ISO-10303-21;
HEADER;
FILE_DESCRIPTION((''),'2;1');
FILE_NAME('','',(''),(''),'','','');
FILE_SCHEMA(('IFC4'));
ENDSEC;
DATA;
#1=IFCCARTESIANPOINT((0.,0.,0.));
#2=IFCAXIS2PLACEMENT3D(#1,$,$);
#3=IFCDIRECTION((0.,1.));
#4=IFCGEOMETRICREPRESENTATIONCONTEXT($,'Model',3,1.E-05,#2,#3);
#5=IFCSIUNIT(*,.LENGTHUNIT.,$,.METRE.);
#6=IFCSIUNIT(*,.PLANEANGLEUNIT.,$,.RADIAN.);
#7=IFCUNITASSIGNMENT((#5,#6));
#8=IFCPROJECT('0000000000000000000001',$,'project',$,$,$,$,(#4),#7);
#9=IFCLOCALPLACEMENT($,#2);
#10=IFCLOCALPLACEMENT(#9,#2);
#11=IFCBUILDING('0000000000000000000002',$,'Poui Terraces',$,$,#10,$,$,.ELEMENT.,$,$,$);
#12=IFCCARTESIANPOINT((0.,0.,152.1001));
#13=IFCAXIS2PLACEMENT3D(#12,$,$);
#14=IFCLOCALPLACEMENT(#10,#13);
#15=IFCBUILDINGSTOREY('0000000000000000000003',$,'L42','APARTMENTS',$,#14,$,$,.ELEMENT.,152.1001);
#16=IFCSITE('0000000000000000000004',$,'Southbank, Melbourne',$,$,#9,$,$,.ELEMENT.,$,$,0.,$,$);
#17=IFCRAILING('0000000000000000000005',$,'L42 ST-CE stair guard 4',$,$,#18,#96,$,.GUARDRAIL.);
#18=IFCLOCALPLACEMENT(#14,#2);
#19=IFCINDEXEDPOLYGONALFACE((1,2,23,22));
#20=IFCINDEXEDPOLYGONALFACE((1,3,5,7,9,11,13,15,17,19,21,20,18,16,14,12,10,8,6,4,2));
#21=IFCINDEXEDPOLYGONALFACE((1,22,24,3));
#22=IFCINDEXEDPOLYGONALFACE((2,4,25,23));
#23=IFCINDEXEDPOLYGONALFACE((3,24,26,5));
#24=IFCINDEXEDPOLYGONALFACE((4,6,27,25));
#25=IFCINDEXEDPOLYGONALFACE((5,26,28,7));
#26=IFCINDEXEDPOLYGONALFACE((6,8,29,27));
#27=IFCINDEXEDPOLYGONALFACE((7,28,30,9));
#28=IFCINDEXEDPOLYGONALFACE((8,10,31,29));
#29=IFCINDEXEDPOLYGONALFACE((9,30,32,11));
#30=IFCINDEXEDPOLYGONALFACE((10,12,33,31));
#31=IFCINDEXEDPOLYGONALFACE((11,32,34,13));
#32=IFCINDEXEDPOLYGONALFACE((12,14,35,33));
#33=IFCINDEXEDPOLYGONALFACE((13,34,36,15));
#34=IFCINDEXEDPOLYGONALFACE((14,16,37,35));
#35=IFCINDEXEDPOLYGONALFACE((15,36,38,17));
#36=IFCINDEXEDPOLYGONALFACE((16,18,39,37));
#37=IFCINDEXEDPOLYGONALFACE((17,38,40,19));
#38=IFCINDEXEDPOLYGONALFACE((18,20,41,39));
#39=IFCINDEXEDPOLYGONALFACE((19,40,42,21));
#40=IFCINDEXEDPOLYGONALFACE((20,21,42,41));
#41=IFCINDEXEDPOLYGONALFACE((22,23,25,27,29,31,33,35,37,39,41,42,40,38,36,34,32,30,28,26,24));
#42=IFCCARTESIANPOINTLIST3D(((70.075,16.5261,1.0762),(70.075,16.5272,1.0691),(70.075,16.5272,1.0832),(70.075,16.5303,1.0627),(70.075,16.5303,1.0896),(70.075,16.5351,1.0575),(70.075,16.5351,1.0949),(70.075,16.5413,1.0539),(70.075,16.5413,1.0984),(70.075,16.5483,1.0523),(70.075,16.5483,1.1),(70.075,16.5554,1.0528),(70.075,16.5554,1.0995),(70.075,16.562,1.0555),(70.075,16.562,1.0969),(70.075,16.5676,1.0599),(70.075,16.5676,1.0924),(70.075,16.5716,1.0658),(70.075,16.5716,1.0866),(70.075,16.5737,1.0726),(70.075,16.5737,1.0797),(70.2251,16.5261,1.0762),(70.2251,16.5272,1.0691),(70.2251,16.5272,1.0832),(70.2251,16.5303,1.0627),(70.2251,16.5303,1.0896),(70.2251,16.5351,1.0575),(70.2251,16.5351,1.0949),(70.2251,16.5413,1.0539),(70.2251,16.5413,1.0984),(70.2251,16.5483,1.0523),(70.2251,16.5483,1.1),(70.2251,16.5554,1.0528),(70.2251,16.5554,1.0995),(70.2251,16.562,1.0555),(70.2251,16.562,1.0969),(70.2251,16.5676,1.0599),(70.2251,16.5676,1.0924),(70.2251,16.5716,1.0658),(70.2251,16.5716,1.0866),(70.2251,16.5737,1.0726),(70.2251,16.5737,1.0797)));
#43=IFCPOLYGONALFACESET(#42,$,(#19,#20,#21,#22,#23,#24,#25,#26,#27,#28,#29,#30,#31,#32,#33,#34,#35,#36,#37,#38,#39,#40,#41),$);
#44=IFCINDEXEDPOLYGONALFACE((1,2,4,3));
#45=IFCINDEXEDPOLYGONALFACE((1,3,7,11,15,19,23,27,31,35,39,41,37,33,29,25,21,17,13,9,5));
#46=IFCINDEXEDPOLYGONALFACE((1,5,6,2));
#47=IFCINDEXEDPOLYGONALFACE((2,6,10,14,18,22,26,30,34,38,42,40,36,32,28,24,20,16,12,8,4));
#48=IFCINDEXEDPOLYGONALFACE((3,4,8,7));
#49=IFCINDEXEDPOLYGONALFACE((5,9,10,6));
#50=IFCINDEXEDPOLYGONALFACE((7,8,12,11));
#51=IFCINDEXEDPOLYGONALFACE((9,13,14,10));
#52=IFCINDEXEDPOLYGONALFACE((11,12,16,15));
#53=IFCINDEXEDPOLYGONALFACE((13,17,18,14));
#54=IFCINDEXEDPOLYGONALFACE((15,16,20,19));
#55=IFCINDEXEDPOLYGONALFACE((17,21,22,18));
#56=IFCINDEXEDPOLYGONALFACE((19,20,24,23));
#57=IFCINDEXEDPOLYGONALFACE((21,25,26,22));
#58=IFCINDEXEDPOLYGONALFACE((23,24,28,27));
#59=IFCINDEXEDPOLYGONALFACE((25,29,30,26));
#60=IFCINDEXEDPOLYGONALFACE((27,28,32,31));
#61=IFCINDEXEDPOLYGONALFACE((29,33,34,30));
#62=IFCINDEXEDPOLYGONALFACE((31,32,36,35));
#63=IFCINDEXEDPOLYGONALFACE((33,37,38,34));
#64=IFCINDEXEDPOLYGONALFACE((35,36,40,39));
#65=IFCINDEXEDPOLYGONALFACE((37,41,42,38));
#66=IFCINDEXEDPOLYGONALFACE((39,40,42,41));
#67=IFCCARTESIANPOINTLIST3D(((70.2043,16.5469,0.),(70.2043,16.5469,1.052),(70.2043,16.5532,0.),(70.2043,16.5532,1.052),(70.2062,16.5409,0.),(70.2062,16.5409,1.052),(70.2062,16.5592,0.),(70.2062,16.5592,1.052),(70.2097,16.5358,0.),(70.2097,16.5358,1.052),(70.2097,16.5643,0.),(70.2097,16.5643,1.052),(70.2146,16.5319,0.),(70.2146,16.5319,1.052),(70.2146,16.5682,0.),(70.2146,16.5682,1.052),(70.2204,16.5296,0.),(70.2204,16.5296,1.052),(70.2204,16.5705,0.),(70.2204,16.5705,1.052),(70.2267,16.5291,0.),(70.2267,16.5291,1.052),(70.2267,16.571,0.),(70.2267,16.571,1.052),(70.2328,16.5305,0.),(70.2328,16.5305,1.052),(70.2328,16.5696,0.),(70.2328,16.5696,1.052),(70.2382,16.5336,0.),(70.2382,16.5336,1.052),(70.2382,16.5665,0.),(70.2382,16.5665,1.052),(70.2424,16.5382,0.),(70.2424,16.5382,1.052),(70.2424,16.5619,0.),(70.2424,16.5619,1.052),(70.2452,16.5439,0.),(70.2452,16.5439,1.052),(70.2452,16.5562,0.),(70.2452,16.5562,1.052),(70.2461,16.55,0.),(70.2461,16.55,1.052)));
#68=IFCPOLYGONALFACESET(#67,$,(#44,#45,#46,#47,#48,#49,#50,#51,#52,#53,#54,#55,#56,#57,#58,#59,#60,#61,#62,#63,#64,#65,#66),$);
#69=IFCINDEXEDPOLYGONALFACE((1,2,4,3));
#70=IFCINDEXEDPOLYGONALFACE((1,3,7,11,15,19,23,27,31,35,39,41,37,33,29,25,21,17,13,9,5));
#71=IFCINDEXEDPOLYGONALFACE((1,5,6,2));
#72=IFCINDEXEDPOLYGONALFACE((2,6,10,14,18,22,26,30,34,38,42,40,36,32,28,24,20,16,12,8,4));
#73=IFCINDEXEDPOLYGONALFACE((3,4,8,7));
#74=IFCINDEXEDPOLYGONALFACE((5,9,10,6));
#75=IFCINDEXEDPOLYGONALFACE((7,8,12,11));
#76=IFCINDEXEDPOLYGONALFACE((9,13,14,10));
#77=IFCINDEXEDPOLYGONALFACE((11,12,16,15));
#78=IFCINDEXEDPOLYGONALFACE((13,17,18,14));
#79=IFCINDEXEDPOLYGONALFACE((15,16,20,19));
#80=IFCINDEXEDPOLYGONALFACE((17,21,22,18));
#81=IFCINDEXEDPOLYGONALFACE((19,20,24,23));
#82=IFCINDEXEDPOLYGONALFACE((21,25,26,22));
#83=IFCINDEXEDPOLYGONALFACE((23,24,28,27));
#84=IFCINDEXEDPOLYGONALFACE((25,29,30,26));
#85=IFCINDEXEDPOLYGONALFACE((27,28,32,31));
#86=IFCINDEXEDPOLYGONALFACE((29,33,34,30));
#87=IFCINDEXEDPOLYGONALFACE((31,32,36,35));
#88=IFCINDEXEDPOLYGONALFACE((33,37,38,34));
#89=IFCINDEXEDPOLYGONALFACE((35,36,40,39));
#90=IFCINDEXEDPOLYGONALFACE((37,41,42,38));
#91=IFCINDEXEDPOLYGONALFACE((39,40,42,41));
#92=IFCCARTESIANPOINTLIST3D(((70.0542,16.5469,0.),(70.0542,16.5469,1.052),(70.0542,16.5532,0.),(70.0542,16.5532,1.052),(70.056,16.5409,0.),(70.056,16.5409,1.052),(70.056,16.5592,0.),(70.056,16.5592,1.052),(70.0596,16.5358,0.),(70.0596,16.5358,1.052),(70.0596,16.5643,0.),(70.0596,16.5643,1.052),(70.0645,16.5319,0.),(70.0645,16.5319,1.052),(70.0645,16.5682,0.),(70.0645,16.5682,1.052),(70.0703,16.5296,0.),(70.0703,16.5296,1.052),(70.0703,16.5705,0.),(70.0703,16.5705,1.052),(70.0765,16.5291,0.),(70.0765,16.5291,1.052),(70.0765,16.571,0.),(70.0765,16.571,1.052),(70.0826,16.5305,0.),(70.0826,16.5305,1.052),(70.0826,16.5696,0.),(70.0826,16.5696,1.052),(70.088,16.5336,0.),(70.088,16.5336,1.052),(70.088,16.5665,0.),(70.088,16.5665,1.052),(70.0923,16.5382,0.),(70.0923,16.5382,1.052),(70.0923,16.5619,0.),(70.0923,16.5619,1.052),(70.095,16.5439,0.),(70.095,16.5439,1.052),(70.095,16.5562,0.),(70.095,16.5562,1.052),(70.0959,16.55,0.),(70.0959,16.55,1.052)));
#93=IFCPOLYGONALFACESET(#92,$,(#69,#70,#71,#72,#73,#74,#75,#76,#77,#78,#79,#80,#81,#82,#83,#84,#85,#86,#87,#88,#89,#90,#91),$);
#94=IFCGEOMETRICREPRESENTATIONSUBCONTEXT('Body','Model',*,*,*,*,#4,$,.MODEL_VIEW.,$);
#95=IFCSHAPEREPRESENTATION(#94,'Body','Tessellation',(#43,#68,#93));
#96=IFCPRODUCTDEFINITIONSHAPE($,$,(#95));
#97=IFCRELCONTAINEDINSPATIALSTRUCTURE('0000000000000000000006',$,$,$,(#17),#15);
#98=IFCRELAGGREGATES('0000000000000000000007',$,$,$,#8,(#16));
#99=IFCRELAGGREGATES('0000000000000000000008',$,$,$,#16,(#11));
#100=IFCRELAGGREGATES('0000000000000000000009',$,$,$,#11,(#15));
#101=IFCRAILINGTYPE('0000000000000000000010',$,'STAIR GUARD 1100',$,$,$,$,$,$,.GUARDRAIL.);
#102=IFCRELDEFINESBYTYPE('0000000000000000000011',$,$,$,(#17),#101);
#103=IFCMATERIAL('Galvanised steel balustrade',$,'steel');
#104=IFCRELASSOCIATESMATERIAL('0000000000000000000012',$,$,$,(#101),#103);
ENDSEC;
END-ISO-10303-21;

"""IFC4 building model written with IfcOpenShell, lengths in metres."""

from ifc_helpers import new_model, si_unit, direction, frame, origin, origin_2d, place, context, subcontext, project, spatial, circle, extrude, material, type_object, element, save


model = new_model("IFC4")

# Units and contexts
model_context = context("Model", 3, precision=1e-05, world=origin(), true_north=direction((0.0, 1.0)))
body_context = subcontext(model_context, "Body", "Model", "MODEL_VIEW")
ifc_project = project(units=[si_unit("LENGTHUNIT", "METRE"), si_unit("PLANEANGLEUNIT", "RADIAN")], contexts=[model_context])

# Site, building, storey
site_placement = place(None, origin())
site = spatial("IfcSite", under=ifc_project, at=site_placement, Name="Southbank, Melbourne", CompositionType="ELEMENT", RefElevation=0.0)
building_placement = place(site_placement, origin())
building = spatial("IfcBuilding", under=site, at=building_placement, Name="Poui Terraces", CompositionType="ELEMENT")
storey_placement = place(building_placement, frame((0.0, 0.0, 152.1001)))
storey = spatial("IfcBuildingStorey", under=building, at=storey_placement, Name="L42", Description="APARTMENTS", CompositionType="ELEMENT", Elevation=152.1001)

# Railing
ifc_material_1 = material(Name="Galvanised steel balustrade", Category="steel")
railing_type_1 = type_object("IfcRailingType", Name="STAIR GUARD 1100", PredefinedType="GUARDRAIL", material=ifc_material_1)
railing_1_placement = place(storey_placement, frame((70.2251, 16.55, 0.0)))
element("IfcRailing", 1, at=railing_1_placement, inside=storey, type_object=railing_type_1, Name="L42 ST-CE stair guard 4", PredefinedType="GUARDRAIL", context=body_context, shape_type="SweptSolid", body=[
    extrude(circle(Radius=0.0239, at=origin_2d()), frame((0.0, 0.0, 1.0762), z_axis=(-1.0, 0.0, 0.0), x_axis=(0.0, -1.0, 0.0)), (0.0, 0.0, 1.0), 0.1501),
    extrude(circle(Radius=0.021, at=origin_2d()), origin(), (0.0, 0.0, 1.0), 1.052),
    extrude(circle(Radius=0.021, at=origin_2d()), frame((-0.1501, 0.0, 0.0)), (0.0, 0.0, 1.0), 1.052),
])

save(model, "model.ifc")
